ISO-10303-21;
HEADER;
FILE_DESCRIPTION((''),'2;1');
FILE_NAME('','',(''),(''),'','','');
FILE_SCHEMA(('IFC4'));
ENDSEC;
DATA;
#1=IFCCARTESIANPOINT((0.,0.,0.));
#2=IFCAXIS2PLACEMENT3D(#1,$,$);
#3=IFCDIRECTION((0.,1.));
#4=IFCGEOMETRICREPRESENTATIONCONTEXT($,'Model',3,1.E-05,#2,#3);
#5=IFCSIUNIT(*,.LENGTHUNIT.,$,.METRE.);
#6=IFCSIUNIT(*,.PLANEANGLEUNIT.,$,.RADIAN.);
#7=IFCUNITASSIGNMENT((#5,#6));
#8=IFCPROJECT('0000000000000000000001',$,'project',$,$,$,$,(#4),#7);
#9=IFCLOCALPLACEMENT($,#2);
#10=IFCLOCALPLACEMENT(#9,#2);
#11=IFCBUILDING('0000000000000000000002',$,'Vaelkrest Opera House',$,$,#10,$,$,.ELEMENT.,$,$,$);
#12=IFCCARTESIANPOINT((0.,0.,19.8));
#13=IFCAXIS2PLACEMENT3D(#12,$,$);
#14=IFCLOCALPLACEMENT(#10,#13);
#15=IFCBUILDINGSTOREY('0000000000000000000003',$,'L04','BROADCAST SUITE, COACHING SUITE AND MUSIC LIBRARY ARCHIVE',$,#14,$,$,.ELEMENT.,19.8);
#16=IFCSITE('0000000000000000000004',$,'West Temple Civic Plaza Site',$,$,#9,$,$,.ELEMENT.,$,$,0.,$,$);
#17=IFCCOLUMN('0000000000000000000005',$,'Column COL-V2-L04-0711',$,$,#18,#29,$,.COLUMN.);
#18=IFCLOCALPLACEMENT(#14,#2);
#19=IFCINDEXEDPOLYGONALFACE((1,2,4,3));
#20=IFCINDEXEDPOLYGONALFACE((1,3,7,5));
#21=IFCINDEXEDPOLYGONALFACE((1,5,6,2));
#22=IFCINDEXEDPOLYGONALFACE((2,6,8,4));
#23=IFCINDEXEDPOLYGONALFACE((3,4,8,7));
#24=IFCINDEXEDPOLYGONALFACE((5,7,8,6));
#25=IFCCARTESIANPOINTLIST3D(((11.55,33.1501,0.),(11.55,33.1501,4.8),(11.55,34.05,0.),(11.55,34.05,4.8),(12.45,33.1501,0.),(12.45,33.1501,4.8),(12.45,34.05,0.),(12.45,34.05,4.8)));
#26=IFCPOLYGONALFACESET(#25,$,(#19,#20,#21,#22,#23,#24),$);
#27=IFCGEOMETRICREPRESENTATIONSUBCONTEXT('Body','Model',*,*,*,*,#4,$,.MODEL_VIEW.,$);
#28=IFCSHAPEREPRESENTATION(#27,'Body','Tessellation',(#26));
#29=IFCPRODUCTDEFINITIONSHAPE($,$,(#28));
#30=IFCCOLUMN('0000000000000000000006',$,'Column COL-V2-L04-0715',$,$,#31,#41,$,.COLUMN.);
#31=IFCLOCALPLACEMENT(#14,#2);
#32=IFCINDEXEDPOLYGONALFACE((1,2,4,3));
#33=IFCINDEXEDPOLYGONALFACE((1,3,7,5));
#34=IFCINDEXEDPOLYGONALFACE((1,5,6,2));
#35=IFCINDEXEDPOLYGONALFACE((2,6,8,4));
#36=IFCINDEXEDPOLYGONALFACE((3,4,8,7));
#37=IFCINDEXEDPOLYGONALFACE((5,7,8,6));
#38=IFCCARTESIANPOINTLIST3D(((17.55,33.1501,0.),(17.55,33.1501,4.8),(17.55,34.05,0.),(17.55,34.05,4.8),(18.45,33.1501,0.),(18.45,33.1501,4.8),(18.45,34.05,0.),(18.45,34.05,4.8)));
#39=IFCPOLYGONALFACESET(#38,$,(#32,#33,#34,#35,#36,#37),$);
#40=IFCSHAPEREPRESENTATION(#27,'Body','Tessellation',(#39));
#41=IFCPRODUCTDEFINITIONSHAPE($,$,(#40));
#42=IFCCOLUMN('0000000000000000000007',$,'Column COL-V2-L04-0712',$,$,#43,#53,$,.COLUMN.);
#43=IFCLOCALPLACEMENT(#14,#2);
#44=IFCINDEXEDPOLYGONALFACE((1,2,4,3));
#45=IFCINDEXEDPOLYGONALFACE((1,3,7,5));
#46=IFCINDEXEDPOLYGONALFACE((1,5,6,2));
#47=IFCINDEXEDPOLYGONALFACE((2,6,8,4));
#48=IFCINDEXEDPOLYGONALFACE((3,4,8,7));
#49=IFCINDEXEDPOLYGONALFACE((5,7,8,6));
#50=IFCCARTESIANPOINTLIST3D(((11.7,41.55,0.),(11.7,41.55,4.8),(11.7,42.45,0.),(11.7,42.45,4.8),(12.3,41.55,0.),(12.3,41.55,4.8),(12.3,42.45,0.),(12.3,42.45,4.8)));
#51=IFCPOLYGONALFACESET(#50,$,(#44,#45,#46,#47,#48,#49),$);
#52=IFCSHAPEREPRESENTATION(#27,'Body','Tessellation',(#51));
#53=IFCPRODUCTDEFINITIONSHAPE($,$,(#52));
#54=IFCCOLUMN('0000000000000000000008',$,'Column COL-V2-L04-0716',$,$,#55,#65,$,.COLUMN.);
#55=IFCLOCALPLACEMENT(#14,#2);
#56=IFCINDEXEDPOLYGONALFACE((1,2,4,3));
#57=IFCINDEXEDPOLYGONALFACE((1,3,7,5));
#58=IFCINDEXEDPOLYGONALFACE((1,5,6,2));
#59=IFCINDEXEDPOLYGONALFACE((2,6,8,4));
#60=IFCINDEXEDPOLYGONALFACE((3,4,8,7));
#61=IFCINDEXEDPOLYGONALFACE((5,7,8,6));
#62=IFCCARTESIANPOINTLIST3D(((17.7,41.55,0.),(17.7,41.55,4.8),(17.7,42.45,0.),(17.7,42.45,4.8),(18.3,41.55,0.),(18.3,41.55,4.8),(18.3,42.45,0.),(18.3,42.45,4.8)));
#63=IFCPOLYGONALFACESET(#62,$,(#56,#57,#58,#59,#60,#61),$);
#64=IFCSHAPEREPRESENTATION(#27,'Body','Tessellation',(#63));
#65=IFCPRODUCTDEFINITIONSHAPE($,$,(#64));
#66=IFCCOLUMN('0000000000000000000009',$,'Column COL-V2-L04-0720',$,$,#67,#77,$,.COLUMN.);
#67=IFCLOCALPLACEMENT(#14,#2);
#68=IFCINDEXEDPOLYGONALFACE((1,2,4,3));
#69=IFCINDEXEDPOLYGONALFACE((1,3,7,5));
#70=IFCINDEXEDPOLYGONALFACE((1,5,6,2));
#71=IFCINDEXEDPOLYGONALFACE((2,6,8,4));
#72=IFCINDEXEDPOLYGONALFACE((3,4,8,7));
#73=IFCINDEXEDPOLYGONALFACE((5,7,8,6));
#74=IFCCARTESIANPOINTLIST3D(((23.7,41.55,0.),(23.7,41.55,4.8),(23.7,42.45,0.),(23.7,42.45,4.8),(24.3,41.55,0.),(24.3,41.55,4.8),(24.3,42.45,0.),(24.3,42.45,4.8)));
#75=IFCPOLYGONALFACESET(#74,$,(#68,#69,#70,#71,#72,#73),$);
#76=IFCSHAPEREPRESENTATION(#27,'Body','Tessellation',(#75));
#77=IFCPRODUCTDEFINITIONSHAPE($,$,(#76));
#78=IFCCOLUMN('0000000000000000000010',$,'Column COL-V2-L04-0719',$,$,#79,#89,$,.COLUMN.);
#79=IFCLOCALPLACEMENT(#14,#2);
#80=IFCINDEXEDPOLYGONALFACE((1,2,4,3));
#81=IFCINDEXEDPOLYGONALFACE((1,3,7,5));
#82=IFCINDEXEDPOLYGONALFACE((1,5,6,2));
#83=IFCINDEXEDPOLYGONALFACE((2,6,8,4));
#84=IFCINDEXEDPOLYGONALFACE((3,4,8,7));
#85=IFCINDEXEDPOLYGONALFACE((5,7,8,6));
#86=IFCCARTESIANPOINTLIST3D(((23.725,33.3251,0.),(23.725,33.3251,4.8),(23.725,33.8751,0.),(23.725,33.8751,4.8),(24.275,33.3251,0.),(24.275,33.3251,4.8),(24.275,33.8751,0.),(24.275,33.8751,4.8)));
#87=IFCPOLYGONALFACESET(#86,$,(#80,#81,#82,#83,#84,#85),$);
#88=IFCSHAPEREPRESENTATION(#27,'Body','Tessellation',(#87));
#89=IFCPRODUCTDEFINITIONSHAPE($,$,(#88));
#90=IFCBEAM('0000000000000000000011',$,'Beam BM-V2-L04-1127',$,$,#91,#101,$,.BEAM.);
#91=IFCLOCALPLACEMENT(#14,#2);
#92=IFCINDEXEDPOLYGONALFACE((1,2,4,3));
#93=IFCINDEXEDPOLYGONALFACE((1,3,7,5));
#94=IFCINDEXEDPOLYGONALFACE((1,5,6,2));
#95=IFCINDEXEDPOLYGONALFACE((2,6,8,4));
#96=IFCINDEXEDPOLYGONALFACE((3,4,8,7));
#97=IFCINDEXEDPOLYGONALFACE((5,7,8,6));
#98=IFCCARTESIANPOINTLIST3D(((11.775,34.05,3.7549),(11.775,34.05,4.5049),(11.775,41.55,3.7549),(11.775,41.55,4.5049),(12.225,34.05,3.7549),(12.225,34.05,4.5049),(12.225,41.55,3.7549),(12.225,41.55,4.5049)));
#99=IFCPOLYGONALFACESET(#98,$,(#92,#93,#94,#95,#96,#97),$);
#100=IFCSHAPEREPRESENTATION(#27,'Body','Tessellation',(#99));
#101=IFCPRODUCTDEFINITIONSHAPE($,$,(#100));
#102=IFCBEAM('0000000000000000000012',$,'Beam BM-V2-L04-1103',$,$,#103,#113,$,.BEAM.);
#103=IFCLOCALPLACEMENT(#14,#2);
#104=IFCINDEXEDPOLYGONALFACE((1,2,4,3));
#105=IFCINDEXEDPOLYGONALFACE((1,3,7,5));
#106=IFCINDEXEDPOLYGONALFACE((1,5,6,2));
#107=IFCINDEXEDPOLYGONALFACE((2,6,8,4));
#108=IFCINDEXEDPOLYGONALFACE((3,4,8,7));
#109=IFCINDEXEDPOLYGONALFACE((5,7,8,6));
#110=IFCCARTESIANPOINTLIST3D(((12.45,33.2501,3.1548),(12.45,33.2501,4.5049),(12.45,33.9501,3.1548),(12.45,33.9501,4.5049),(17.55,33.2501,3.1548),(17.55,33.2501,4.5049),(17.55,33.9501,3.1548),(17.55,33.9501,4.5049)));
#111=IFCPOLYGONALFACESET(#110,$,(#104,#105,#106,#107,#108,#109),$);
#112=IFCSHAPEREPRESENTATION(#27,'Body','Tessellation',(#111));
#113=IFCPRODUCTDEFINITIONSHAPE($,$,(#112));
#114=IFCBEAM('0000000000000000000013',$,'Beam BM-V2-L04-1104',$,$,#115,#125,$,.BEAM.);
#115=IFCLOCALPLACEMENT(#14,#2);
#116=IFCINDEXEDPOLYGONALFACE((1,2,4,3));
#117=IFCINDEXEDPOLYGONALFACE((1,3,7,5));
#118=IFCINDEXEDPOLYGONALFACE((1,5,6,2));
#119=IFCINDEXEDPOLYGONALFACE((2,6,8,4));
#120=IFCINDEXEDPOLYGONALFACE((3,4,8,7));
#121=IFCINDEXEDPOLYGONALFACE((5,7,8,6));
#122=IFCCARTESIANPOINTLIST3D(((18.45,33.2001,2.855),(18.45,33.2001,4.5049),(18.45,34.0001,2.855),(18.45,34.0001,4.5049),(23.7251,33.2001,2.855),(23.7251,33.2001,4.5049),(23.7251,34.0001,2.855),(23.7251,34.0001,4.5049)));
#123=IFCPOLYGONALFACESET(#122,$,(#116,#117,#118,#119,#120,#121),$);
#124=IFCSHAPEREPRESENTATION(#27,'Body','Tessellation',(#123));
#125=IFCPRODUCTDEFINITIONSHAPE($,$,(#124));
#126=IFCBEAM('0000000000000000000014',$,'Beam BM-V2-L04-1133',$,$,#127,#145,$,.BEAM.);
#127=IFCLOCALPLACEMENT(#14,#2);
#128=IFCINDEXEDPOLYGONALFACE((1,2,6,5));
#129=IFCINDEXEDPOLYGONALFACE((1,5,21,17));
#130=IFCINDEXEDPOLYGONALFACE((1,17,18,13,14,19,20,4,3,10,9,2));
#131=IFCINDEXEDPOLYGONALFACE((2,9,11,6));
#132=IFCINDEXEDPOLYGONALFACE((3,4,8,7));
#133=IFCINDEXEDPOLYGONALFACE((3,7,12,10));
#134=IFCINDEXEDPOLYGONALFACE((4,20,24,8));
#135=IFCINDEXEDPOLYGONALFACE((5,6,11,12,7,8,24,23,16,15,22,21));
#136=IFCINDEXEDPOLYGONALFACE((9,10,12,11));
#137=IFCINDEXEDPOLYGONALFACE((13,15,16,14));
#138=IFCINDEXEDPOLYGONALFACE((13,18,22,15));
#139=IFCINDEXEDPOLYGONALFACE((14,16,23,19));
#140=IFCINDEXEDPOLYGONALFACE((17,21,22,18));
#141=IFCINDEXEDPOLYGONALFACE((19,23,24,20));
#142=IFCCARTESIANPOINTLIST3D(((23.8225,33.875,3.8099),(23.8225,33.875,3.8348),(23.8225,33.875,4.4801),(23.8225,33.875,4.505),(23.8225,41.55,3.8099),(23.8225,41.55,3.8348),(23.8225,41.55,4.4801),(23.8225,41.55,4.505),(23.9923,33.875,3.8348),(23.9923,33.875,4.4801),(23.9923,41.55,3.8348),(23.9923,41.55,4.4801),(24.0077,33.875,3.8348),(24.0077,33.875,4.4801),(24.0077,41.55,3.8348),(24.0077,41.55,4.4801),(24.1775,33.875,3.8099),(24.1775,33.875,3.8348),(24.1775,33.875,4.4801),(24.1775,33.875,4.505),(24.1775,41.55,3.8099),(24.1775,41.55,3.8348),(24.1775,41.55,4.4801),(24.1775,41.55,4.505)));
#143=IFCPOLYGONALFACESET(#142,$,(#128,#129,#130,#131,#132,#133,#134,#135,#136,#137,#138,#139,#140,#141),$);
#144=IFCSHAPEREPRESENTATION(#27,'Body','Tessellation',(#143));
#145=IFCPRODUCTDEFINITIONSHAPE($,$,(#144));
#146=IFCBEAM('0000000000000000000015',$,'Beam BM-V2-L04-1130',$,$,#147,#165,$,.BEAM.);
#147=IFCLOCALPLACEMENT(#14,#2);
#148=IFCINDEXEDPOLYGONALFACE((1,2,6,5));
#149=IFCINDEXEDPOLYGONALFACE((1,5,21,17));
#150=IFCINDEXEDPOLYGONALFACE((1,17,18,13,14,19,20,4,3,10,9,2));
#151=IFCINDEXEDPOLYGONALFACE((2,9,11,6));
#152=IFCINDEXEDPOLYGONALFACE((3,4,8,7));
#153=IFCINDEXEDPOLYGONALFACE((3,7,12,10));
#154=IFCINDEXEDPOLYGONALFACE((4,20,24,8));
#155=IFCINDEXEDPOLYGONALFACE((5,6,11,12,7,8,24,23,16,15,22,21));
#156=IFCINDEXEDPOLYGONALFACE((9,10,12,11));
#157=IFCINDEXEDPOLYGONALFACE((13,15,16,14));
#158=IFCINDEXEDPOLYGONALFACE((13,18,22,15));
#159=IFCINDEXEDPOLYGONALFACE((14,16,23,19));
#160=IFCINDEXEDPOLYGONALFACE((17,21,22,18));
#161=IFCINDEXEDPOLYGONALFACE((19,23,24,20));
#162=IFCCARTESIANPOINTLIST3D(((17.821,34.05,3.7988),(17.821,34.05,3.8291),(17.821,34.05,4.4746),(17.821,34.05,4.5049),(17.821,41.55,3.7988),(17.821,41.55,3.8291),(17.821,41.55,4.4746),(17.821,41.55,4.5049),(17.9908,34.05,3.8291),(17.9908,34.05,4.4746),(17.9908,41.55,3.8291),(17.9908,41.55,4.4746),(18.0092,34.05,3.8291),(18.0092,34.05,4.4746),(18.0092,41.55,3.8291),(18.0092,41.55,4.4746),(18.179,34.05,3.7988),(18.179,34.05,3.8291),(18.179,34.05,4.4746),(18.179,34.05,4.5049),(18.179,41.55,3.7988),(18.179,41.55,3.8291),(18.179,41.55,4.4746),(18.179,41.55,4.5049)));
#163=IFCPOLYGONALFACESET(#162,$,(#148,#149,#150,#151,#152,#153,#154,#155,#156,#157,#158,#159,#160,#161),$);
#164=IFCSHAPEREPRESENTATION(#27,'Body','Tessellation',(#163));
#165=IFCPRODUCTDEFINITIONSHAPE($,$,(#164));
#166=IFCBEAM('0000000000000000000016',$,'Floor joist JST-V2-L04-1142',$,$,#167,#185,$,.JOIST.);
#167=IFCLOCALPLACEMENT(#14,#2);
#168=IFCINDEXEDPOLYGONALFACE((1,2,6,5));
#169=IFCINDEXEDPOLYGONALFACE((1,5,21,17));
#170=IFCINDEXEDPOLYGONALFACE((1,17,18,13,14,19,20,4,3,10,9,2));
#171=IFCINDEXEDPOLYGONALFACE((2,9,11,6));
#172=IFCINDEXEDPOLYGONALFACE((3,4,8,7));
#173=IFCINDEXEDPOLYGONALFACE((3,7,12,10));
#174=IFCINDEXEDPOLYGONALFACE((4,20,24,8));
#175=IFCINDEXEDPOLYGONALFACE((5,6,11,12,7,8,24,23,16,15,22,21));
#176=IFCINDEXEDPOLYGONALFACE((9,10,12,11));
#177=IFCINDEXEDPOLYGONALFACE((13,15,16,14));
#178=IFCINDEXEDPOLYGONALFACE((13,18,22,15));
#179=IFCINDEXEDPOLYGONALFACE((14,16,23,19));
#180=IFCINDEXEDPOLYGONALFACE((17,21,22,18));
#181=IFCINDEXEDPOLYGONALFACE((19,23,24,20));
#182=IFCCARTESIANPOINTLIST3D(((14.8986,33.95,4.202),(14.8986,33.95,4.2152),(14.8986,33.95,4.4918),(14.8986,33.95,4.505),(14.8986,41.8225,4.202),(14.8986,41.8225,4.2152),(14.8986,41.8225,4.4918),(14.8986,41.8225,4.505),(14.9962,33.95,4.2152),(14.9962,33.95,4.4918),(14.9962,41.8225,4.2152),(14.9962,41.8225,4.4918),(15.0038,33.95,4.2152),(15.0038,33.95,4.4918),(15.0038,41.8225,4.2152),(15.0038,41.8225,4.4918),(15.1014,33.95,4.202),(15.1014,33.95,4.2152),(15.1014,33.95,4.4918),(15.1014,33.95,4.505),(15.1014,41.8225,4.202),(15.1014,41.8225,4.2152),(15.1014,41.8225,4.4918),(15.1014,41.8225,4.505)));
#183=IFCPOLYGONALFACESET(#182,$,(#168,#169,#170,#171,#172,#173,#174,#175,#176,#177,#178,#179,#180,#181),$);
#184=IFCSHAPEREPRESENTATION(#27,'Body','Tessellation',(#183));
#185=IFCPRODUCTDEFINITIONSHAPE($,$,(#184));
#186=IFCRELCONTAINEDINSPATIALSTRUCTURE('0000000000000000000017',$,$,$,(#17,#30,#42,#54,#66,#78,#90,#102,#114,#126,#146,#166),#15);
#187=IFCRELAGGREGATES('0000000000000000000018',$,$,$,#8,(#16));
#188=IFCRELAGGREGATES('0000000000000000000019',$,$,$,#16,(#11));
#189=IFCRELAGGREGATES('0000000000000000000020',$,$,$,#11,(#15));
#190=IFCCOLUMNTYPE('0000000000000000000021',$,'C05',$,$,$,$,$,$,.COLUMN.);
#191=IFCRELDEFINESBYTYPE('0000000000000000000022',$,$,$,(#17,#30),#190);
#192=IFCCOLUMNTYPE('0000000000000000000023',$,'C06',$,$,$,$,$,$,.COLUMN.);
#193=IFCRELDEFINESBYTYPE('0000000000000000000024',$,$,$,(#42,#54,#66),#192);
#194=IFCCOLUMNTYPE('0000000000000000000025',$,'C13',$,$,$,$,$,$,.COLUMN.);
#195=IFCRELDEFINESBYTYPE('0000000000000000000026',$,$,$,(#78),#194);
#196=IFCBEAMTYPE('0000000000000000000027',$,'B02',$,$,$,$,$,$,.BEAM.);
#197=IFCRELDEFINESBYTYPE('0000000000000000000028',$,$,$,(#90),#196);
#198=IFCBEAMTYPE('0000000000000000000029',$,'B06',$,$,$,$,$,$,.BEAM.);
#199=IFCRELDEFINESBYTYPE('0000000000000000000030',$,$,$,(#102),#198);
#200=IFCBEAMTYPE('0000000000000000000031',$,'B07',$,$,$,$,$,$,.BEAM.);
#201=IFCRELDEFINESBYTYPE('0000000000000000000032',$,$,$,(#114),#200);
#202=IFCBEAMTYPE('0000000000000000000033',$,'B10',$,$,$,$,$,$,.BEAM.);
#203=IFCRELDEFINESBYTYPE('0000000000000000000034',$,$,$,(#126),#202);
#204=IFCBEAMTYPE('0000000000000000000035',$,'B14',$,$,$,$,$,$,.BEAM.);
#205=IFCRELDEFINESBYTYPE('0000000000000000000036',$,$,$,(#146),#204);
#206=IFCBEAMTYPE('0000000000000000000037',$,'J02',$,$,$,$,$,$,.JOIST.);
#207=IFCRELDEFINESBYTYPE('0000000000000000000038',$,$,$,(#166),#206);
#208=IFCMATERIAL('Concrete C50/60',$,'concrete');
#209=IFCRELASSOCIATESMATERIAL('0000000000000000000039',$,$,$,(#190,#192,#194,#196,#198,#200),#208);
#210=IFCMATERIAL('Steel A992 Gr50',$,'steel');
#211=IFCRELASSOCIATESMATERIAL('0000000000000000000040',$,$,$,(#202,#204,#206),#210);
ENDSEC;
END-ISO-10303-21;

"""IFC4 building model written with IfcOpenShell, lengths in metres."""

from ifc_helpers import new_model, si_unit, direction, frame, origin, origin_2d, place, context, subcontext, project, spatial, rectangle, i_section, extrude, material, material_profile, profile_set, type_object, element, save


model = new_model("IFC4")

# Units and contexts
model_context = context("Model", 3, precision=1e-05, world=origin(), true_north=direction((0.0, 1.0)))
body_context = subcontext(model_context, "Body", "Model", "MODEL_VIEW")
ifc_project = project(units=[si_unit("LENGTHUNIT", "METRE"), si_unit("PLANEANGLEUNIT", "RADIAN")], contexts=[model_context])

# Site, building, storey
site_placement = place(None, origin())
site = spatial("IfcSite", under=ifc_project, at=site_placement, Name="West Temple Civic Plaza Site", CompositionType="ELEMENT", RefElevation=0.0)
building_placement = place(site_placement, origin())
building = spatial("IfcBuilding", under=site, at=building_placement, Name="Vaelkrest Opera House", CompositionType="ELEMENT")
storey_placement = place(building_placement, frame((0.0, 0.0, 19.8)))
storey = spatial("IfcBuildingStorey", under=building, at=storey_placement, Name="L04", Description="BROADCAST SUITE, COACHING SUITE AND MUSIC LIBRARY ARCHIVE", CompositionType="ELEMENT", Elevation=19.8)

# Columns
ifc_material_1 = material(Name="Concrete C50/60", Category="concrete")
ifc_material_profile_1 = material_profile(ifc_material_1, rectangle(XDim=0.8999, YDim=0.8999, at=origin_2d()), Name="RC900X900")
ifc_profile_set_1 = profile_set([ifc_material_profile_1], Name="Concrete C50/60")
column_type_1 = type_object("IfcColumnType", Name="C05", PredefinedType="COLUMN", material=ifc_profile_set_1)
for number, where, z_axis, x_axis, name in (
    (1, (12.0, 33.6001, 0.0), (0.0, 0.0, 1.0), (1.0, 0.0, 0.0), "Column COL-V2-L04-0711"),
    (2, (18.0, 33.6001, 0.0), (0.0, 0.0, 1.0), (1.0, 0.0, 0.0), "Column COL-V2-L04-0715"),
):
    element("IfcColumn", number, at=place(storey_placement, frame(where, z_axis=z_axis, x_axis=x_axis)), inside=storey, type_object=column_type_1, Name=name, PredefinedType="COLUMN", context=body_context, shape_type="SweptSolid", body=[
        extrude(rectangle(XDim=0.8999, YDim=0.8999, at=origin_2d()), origin(), (0.0, 0.0, 1.0), 4.8),
    ])
ifc_material_profile_2 = material_profile(ifc_material_1, rectangle(XDim=0.6001, YDim=0.8999, at=origin_2d()), Name="RC600X900")
ifc_profile_set_2 = profile_set([ifc_material_profile_2], Name="Concrete C50/60")
column_type_2 = type_object("IfcColumnType", Name="C06", PredefinedType="COLUMN", material=ifc_profile_set_2)
for number, where, z_axis, x_axis, name in (
    (3, (12.0, 42.0, 0.0), (0.0, 0.0, 1.0), (1.0, 0.0, 0.0), "Column COL-V2-L04-0712"),
    (4, (18.0, 42.0, 0.0), (0.0, 0.0, 1.0), (1.0, 0.0, 0.0), "Column COL-V2-L04-0716"),
    (5, (24.0, 42.0, 0.0), (0.0, 0.0, 1.0), (1.0, 0.0, 0.0), "Column COL-V2-L04-0720"),
):
    element("IfcColumn", number, at=place(storey_placement, frame(where, z_axis=z_axis, x_axis=x_axis)), inside=storey, type_object=column_type_2, Name=name, PredefinedType="COLUMN", context=body_context, shape_type="SweptSolid", body=[
        extrude(rectangle(XDim=0.6001, YDim=0.8999, at=origin_2d()), origin(), (0.0, 0.0, 1.0), 4.8),
    ])
ifc_material_profile_3 = material_profile(ifc_material_1, rectangle(XDim=0.55, YDim=0.55, at=origin_2d()), Name="RC550X550")
ifc_profile_set_3 = profile_set([ifc_material_profile_3], Name="Concrete C50/60")
column_type_3 = type_object("IfcColumnType", Name="C13", PredefinedType="COLUMN", material=ifc_profile_set_3)
column_placement = place(storey_placement, frame((24.0, 33.6001, 0.0), z_axis=(0.0, 0.0, 1.0), x_axis=(1.0, 0.0, 0.0)))
element("IfcColumn", 6, at=column_placement, inside=storey, type_object=column_type_3, Name="Column COL-V2-L04-0719", PredefinedType="COLUMN", context=body_context, shape_type="SweptSolid", body=[
    extrude(rectangle(XDim=0.55, YDim=0.55, at=origin_2d()), origin(), (0.0, 0.0, 1.0), 4.8),
])

# Beams
ifc_material_profile_4 = material_profile(ifc_material_1, rectangle(XDim=0.45, YDim=0.75, at=origin_2d()), Name="RCB450X750")
ifc_profile_set_4 = profile_set([ifc_material_profile_4], Name="Concrete C50/60")
beam_type_1 = type_object("IfcBeamType", Name="B02", PredefinedType="BEAM", material=ifc_profile_set_4)
beam_1_placement = place(storey_placement, frame((12.0, 34.05, 4.1299), z_axis=(0.0, 1.0, 0.0), x_axis=(-1.0, 0.0, 0.0)))
element("IfcBeam", 7, at=beam_1_placement, inside=storey, type_object=beam_type_1, Name="Beam BM-V2-L04-1127", PredefinedType="BEAM", context=body_context, shape_type="SweptSolid", body=[
    extrude(rectangle(XDim=0.45, YDim=0.75, at=origin_2d()), origin(), (0.0, 0.0, 1.0), 7.5),
])
ifc_material_profile_5 = material_profile(ifc_material_1, rectangle(XDim=0.7, YDim=1.3501, at=origin_2d()), Name="RCB700X1350")
ifc_profile_set_5 = profile_set([ifc_material_profile_5], Name="Concrete C50/60")
beam_type_2 = type_object("IfcBeamType", Name="B06", PredefinedType="BEAM", material=ifc_profile_set_5)
beam_2_placement = place(storey_placement, frame((12.45, 33.6001, 3.8298), z_axis=(1.0, 0.0, 0.0), x_axis=(0.0, 1.0, 0.0)))
element("IfcBeam", 8, at=beam_2_placement, inside=storey, type_object=beam_type_2, Name="Beam BM-V2-L04-1103", PredefinedType="BEAM", context=body_context, shape_type="SweptSolid", body=[
    extrude(rectangle(XDim=0.7, YDim=1.3501, at=origin_2d()), origin(), (0.0, 0.0, 1.0), 5.1001),
])
ifc_material_profile_6 = material_profile(ifc_material_1, rectangle(XDim=0.8, YDim=1.6499, at=origin_2d()), Name="RCB800X1650")
ifc_profile_set_6 = profile_set([ifc_material_profile_6], Name="Concrete C50/60")
beam_type_3 = type_object("IfcBeamType", Name="B07", PredefinedType="BEAM", material=ifc_profile_set_6)
beam_3_placement = place(storey_placement, frame((18.45, 33.6001, 3.6799), z_axis=(1.0, 0.0, 0.0), x_axis=(0.0, 1.0, 0.0)))
element("IfcBeam", 9, at=beam_3_placement, inside=storey, type_object=beam_type_3, Name="Beam BM-V2-L04-1104", PredefinedType="BEAM", context=body_context, shape_type="SweptSolid", body=[
    extrude(rectangle(XDim=0.8, YDim=1.6499, at=origin_2d()), origin(), (0.0, 0.0, 1.0), 5.2751),
])
ifc_material_2 = material(Name="Steel A992 Gr50", Category="steel")
ifc_material_profile_7 = material_profile(ifc_material_2, i_section(OverallWidth=0.355, OverallDepth=0.6951, WebThickness=0.0154, FlangeThickness=0.0249, at=origin_2d()), Name="W27X146")
ifc_profile_set_7 = profile_set([ifc_material_profile_7], Name="Steel A992 Gr50")
beam_type_4 = type_object("IfcBeamType", Name="B10", PredefinedType="BEAM", material=ifc_profile_set_7)
beam_4_placement = place(storey_placement, frame((24.0, 33.875, 4.1575), z_axis=(0.0, 1.0, 0.0), x_axis=(-1.0, 0.0, 0.0)))
element("IfcBeam", 10, at=beam_4_placement, inside=storey, type_object=beam_type_4, Name="Beam BM-V2-L04-1133", PredefinedType="BEAM", context=body_context, shape_type="SweptSolid", body=[
    extrude(i_section(OverallWidth=0.355, OverallDepth=0.6951, WebThickness=0.0154, FlangeThickness=0.0249, at=origin_2d()), origin(), (0.0, 0.0, 1.0), 7.675),
])
ifc_material_profile_8 = material_profile(ifc_material_2, i_section(OverallWidth=0.3579, OverallDepth=0.7061, WebThickness=0.0183, FlangeThickness=0.0303, at=origin_2d()), Name="W27X178")
ifc_profile_set_8 = profile_set([ifc_material_profile_8], Name="Steel A992 Gr50")
beam_type_5 = type_object("IfcBeamType", Name="B14", PredefinedType="BEAM", material=ifc_profile_set_8)
beam_5_placement = place(storey_placement, frame((18.0, 34.05, 4.1519), z_axis=(0.0, 1.0, 0.0), x_axis=(-1.0, 0.0, 0.0)))
element("IfcBeam", 11, at=beam_5_placement, inside=storey, type_object=beam_type_5, Name="Beam BM-V2-L04-1130", PredefinedType="BEAM", context=body_context, shape_type="SweptSolid", body=[
    extrude(i_section(OverallWidth=0.3579, OverallDepth=0.7061, WebThickness=0.0183, FlangeThickness=0.0303, at=origin_2d()), origin(), (0.0, 0.0, 1.0), 7.5),
])
ifc_material_profile_9 = material_profile(ifc_material_2, i_section(OverallWidth=0.2029, OverallDepth=0.303, WebThickness=0.0076, FlangeThickness=0.0132, at=origin_2d()), Name="W12X40")
ifc_profile_set_9 = profile_set([ifc_material_profile_9], Name="Steel A992 Gr50")
beam_type_6 = type_object("IfcBeamType", Name="J02", PredefinedType="JOIST", material=ifc_profile_set_9)
beam_6_placement = place(storey_placement, frame((15.0, 33.95, 4.3535), z_axis=(0.0, 1.0, 0.0), x_axis=(-1.0, 0.0, 0.0)))
element("IfcBeam", 12, at=beam_6_placement, inside=storey, type_object=beam_type_6, Name="Floor joist JST-V2-L04-1142", PredefinedType="JOIST", context=body_context, shape_type="SweptSolid", body=[
    extrude(i_section(OverallWidth=0.2029, OverallDepth=0.303, WebThickness=0.0076, FlangeThickness=0.0132, at=origin_2d()), origin(), (0.0, 0.0, 1.0), 7.8726),
])

save(model, "model.ifc")
